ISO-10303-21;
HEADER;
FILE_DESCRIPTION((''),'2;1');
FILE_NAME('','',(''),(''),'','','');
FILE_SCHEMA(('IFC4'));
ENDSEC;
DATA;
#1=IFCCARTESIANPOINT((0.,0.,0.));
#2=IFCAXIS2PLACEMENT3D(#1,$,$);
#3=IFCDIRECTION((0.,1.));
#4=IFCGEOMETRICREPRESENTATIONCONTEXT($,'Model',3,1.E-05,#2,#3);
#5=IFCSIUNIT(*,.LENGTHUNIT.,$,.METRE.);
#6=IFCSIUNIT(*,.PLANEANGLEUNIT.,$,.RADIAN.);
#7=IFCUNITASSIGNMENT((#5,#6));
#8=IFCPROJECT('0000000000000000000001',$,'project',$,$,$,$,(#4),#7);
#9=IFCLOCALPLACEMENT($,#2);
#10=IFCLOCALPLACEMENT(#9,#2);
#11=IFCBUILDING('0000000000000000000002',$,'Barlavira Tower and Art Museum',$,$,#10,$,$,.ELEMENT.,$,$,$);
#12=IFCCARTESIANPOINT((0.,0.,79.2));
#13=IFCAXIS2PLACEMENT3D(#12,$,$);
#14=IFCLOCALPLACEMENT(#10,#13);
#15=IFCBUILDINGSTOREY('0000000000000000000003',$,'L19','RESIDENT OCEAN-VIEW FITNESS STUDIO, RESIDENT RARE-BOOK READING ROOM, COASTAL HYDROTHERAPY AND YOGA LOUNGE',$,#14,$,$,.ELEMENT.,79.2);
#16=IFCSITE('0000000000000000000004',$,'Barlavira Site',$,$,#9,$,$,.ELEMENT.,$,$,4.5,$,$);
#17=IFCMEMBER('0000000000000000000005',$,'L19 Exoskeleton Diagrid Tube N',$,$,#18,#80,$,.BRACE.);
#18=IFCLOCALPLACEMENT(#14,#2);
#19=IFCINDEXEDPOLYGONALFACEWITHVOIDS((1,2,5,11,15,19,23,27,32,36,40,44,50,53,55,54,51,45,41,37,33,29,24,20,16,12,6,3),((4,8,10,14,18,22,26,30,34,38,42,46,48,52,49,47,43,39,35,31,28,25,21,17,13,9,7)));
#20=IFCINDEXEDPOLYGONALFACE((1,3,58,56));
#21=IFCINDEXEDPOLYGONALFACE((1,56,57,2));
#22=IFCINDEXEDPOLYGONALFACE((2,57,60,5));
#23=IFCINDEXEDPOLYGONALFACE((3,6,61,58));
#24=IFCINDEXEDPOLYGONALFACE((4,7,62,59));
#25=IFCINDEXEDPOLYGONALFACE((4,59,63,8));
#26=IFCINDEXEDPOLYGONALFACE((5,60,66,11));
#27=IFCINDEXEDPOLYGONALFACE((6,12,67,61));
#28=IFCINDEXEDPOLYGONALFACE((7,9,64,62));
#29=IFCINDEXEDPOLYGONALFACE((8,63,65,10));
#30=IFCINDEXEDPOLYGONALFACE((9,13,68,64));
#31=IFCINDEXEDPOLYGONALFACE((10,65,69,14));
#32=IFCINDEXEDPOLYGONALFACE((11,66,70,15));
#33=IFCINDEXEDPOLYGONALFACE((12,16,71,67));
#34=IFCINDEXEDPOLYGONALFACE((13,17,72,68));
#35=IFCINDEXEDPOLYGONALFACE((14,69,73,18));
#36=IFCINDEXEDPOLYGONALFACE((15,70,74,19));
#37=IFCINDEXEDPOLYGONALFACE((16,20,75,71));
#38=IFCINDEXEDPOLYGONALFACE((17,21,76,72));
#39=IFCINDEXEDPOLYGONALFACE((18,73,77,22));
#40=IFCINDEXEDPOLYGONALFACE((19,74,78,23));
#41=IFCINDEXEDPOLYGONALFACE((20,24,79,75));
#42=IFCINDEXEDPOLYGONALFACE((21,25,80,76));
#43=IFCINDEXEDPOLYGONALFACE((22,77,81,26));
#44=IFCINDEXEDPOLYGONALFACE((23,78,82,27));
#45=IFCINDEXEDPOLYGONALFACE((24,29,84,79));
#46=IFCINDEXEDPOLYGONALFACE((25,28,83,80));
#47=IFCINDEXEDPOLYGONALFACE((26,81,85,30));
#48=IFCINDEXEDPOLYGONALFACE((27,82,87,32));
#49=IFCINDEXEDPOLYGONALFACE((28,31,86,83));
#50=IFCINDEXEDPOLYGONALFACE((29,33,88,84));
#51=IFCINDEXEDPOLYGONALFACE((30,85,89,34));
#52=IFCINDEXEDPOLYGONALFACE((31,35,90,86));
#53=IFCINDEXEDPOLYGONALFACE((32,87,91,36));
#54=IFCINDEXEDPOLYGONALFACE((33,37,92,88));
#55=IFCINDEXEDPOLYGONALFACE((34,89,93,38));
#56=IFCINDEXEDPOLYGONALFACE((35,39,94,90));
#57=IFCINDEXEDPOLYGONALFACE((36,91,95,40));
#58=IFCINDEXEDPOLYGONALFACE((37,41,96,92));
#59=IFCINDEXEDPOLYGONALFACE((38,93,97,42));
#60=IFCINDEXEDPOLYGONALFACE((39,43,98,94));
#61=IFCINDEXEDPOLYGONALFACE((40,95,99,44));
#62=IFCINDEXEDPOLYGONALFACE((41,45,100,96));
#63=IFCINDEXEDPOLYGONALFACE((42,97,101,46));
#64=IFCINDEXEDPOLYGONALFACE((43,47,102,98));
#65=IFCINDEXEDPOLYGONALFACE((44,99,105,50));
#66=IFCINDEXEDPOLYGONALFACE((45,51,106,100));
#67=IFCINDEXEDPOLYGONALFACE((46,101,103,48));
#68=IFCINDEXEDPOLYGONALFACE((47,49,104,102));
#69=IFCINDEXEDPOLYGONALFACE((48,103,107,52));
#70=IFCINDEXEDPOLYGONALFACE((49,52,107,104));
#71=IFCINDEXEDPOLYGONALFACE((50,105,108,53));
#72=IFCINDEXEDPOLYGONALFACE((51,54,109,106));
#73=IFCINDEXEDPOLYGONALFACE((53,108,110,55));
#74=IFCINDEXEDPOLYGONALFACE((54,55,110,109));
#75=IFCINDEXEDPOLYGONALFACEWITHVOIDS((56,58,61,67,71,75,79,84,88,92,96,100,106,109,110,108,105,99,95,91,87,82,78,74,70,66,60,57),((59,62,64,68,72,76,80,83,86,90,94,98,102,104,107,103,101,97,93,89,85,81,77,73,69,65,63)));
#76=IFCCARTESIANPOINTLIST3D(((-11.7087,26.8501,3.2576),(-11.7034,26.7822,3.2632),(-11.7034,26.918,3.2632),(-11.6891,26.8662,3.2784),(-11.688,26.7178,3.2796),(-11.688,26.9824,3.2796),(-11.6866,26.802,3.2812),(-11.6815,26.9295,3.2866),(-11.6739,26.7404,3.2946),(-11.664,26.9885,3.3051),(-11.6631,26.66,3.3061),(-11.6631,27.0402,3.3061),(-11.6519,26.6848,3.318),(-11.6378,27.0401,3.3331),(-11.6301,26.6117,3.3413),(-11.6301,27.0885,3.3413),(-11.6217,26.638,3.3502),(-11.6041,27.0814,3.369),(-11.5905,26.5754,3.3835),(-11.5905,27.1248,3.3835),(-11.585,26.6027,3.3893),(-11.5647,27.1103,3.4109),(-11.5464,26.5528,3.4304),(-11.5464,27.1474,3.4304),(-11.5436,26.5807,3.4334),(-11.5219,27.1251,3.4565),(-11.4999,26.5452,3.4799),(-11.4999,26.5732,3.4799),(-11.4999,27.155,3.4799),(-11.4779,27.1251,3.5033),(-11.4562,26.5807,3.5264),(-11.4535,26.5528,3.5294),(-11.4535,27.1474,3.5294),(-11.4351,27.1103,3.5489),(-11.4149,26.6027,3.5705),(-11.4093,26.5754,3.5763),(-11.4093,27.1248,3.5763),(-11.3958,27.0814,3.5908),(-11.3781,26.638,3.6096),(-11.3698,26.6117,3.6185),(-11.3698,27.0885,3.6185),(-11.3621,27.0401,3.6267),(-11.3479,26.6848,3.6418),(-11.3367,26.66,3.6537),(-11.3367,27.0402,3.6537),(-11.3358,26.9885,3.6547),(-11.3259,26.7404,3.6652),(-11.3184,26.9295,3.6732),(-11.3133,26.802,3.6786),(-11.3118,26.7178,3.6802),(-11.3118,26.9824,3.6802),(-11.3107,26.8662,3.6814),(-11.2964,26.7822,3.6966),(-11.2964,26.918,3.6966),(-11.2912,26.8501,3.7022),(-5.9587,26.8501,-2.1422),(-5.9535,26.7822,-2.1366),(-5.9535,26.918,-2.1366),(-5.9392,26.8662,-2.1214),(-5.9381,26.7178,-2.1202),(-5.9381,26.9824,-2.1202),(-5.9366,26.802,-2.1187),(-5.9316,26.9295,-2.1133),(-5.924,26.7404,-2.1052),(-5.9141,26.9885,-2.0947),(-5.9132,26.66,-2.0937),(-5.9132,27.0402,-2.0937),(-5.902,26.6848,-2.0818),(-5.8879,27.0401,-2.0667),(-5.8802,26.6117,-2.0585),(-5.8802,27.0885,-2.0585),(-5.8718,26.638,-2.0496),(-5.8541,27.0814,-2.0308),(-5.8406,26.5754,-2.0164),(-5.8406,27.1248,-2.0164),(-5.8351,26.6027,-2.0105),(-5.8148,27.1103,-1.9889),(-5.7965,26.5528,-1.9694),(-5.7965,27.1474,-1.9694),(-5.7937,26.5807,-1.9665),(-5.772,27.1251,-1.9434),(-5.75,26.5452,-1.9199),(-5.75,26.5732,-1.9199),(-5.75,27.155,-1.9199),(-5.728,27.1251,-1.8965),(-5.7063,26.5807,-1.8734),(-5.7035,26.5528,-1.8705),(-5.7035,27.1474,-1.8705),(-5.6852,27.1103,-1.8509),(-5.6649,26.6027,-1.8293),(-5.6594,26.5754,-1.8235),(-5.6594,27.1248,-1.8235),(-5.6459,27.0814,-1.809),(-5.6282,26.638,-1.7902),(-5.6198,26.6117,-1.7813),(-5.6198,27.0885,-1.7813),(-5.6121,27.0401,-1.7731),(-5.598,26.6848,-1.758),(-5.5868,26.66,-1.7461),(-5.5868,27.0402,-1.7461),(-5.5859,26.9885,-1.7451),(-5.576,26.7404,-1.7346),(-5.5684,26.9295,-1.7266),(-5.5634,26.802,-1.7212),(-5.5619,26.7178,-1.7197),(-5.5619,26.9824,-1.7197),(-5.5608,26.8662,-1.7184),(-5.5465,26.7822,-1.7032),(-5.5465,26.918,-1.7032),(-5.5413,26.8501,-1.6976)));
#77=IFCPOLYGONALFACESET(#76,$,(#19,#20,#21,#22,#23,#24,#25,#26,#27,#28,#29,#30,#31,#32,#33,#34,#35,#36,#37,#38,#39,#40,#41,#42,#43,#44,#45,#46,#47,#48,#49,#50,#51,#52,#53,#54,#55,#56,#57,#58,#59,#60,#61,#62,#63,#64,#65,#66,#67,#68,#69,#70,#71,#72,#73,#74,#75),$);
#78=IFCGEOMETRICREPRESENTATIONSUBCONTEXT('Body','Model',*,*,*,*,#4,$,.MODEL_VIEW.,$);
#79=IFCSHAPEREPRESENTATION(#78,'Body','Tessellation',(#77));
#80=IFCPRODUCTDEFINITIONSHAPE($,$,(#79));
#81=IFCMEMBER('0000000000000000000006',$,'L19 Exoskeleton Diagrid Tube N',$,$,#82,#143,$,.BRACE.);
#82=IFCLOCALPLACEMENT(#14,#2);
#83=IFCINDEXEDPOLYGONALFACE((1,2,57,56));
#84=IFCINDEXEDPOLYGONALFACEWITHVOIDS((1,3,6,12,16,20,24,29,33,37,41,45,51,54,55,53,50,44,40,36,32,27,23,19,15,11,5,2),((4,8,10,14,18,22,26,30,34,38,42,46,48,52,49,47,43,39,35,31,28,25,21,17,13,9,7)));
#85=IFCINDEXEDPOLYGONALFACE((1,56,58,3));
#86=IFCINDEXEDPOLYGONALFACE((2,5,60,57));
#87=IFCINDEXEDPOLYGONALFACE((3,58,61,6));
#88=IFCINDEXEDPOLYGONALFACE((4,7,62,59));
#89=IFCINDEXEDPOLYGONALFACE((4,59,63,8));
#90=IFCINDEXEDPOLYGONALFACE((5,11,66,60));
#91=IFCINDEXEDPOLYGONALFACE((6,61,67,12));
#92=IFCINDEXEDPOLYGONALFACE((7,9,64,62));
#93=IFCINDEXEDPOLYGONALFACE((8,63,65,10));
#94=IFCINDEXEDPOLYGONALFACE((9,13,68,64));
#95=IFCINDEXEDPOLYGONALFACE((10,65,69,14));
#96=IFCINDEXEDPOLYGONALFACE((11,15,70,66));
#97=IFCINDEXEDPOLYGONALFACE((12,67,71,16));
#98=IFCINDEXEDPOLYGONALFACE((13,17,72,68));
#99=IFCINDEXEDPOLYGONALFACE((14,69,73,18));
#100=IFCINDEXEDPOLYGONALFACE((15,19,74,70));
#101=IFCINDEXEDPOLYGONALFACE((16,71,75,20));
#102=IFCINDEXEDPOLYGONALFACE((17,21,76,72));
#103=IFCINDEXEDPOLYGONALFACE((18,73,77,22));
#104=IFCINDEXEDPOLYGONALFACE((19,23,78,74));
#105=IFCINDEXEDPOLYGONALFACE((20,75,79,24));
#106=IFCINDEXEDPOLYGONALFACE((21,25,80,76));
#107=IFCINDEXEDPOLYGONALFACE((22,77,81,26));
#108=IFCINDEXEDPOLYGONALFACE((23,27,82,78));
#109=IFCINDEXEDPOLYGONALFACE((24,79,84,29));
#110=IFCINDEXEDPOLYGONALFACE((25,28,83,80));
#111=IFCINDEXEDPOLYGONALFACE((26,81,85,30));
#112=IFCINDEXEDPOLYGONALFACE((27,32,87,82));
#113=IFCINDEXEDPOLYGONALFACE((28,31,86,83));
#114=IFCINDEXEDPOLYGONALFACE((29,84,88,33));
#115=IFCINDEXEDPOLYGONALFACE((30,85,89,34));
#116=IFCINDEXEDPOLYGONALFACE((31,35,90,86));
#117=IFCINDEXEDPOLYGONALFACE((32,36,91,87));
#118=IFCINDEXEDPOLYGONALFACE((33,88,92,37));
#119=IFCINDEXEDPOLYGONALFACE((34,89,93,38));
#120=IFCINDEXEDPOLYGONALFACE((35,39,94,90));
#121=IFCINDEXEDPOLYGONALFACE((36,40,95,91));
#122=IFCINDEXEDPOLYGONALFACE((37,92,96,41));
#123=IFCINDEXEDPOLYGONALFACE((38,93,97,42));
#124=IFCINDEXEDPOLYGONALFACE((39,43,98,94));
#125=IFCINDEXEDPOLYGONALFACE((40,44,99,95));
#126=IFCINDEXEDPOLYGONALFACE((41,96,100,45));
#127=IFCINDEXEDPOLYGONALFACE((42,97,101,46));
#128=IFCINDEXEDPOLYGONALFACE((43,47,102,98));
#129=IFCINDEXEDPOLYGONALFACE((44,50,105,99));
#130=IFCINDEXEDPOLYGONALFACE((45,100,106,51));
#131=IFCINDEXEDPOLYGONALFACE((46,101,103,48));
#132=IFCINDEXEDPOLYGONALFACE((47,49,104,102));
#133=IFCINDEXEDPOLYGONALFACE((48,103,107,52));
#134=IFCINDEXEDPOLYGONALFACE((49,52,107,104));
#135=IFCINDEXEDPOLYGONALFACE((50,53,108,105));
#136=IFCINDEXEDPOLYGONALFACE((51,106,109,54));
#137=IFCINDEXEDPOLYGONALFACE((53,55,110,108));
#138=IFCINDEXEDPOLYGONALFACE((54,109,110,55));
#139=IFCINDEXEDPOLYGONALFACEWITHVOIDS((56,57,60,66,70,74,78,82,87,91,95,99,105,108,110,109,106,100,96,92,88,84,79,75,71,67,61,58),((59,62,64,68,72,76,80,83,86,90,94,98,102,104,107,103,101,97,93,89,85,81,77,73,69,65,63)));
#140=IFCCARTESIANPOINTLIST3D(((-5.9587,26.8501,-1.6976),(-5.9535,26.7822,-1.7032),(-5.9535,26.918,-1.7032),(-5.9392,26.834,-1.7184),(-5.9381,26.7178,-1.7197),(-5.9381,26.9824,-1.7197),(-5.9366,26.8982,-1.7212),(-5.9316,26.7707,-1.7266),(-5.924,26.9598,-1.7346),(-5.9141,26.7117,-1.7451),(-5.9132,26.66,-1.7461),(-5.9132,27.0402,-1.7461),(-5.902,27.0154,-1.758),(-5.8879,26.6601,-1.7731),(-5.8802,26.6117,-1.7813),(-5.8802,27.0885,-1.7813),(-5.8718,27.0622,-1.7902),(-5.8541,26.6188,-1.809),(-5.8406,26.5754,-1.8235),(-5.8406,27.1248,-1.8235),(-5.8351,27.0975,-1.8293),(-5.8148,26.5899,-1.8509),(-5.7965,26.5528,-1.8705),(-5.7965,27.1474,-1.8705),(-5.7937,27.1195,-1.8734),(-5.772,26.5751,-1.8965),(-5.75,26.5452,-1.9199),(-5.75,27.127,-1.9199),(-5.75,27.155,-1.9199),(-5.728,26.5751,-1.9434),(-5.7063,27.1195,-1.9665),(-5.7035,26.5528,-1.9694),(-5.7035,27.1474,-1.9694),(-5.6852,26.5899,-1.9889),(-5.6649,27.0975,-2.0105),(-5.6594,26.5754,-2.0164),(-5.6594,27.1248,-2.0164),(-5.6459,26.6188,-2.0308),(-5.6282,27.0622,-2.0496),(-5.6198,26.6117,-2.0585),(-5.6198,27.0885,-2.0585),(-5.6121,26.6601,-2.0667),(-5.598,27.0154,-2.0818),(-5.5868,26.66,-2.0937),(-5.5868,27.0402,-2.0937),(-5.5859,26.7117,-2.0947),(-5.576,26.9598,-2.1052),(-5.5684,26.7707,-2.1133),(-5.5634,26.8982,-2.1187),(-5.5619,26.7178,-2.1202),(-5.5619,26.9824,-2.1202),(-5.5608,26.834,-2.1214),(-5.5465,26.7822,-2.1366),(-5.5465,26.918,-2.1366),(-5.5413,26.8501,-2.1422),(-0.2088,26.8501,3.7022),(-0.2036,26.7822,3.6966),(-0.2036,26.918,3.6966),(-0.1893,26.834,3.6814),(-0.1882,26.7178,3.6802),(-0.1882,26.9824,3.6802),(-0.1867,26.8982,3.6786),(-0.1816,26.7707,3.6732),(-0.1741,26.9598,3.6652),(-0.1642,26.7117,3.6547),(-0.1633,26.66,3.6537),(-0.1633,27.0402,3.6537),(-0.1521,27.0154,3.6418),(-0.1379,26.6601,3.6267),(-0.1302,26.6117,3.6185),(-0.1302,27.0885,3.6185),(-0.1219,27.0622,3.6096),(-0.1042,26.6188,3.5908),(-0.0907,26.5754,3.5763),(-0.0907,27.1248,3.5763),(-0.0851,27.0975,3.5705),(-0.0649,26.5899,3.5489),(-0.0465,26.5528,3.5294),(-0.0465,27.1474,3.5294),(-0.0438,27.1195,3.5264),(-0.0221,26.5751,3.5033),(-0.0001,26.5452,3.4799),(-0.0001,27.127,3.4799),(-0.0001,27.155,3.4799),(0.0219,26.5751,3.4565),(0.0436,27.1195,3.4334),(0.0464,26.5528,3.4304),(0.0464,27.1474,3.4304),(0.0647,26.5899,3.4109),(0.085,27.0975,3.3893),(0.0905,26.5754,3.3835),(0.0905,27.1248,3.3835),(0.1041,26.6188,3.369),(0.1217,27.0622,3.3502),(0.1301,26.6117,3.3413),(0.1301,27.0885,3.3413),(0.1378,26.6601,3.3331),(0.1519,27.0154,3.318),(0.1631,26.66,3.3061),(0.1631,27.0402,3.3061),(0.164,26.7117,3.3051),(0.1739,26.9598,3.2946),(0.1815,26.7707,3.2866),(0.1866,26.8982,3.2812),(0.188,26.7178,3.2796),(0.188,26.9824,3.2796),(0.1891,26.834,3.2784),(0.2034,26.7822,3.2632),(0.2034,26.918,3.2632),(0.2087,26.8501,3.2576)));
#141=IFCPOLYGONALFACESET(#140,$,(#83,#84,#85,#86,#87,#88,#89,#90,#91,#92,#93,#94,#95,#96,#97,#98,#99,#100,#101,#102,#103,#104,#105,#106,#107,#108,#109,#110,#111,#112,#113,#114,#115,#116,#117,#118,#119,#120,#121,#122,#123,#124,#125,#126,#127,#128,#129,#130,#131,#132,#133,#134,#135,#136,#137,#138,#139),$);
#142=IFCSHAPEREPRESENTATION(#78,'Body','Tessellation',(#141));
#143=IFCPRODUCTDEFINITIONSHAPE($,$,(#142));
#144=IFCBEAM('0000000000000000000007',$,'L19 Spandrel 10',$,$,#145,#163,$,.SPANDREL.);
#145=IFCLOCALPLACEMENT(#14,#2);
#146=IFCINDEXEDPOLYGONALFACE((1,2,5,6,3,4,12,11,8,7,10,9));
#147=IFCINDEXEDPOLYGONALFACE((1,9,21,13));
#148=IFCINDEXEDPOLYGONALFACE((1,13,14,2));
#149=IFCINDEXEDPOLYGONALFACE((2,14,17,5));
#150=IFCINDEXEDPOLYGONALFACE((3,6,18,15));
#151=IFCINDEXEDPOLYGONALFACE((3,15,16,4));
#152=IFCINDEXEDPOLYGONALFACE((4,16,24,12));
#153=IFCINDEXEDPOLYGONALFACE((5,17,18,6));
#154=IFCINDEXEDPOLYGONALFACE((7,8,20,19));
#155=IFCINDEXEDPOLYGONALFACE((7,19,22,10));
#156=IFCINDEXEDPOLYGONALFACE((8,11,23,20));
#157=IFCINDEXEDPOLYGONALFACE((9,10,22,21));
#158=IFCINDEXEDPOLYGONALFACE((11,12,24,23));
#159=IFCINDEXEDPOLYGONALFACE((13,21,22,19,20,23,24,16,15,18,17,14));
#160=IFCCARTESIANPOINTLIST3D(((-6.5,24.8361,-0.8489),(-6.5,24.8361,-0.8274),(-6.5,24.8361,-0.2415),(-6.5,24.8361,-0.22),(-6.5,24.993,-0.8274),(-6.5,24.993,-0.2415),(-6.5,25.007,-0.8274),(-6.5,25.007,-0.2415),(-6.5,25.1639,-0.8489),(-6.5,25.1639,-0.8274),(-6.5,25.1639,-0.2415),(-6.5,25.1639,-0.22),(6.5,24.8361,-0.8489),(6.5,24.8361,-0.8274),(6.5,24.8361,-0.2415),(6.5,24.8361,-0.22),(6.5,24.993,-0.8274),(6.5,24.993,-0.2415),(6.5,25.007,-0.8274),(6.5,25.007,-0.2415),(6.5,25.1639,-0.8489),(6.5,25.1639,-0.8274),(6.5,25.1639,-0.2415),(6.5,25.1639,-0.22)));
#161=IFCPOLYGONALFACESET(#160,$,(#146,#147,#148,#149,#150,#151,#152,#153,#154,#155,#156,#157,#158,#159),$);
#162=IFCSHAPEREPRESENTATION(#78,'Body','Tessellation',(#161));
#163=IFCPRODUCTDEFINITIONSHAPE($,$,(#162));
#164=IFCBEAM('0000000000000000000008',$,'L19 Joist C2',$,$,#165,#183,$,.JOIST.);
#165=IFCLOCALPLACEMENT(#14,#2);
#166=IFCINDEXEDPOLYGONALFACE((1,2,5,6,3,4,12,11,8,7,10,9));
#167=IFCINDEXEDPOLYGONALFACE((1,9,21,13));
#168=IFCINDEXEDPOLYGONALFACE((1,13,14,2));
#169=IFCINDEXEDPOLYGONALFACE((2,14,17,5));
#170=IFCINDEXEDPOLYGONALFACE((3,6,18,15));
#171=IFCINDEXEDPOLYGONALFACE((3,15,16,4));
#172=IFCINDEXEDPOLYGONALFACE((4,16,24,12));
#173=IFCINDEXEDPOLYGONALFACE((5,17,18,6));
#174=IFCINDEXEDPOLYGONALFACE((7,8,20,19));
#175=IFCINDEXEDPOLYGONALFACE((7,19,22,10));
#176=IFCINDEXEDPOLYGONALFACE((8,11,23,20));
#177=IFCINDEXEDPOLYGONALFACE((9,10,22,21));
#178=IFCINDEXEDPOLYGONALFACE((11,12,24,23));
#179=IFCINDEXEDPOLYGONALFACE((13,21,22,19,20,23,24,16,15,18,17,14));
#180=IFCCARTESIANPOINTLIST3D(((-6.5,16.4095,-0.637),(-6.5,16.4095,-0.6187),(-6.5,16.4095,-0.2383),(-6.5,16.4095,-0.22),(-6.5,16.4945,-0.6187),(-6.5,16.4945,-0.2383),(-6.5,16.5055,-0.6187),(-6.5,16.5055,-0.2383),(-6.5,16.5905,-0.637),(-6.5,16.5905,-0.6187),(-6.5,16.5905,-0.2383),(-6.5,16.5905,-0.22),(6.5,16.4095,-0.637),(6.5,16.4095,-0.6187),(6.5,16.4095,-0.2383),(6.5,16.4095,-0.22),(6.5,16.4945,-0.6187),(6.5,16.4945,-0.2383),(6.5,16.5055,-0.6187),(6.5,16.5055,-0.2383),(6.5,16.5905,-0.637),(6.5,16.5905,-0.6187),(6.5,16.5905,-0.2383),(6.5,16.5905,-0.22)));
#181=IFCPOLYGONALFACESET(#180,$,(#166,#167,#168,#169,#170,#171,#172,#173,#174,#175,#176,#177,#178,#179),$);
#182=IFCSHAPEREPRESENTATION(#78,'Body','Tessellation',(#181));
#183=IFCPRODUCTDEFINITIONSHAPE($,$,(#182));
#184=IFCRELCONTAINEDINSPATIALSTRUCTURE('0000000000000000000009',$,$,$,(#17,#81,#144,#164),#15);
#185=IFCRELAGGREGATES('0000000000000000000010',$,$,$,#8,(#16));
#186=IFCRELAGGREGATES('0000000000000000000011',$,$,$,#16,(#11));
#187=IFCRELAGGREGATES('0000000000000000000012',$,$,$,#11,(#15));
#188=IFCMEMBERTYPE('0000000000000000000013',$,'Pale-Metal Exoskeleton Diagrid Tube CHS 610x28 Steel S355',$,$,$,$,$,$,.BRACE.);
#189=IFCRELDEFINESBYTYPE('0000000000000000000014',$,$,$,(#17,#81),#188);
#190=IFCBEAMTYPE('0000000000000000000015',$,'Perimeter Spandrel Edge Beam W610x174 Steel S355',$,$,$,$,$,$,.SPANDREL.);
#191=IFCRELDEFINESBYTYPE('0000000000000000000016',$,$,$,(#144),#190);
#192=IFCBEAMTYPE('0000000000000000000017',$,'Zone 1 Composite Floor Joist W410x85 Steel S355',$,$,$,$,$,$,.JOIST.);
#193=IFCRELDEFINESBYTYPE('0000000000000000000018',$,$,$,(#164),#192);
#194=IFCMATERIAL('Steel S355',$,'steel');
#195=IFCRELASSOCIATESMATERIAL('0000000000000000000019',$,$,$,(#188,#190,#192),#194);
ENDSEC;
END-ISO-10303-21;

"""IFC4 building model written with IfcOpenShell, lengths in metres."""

from ifc_helpers import new_model, si_unit, direction, frame, origin, origin_2d, place, context, subcontext, project, spatial, hollow_circle, i_section, extrude, material, material_profile, profile_set, type_object, element, save


model = new_model("IFC4")

# Units and contexts
model_context = context("Model", 3, precision=1e-05, world=origin(), true_north=direction((0.0, 1.0)))
body_context = subcontext(model_context, "Body", "Model", "MODEL_VIEW")
ifc_project = project(units=[si_unit("LENGTHUNIT", "METRE"), si_unit("PLANEANGLEUNIT", "RADIAN")], contexts=[model_context])

# Site, building, storey
site_placement = place(None, origin())
site = spatial("IfcSite", under=ifc_project, at=site_placement, Name="Barlavira Site", CompositionType="ELEMENT", RefElevation=4.5)
building_placement = place(site_placement, origin())
building = spatial("IfcBuilding", under=site, at=building_placement, Name="Barlavira Tower and Art Museum", CompositionType="ELEMENT")
storey_placement = place(building_placement, frame((0.0, 0.0, 79.2)))
storey = spatial("IfcBuildingStorey", under=building, at=storey_placement, Name="L19", Description="RESIDENT OCEAN-VIEW FITNESS STUDIO, RESIDENT RARE-BOOK READING ROOM, COASTAL HYDROTHERAPY AND YOGA LOUNGE", CompositionType="ELEMENT", Elevation=79.2)

# Shared definitions
ifc_material_1 = material(Name="Steel S355", Category="steel")

# Members
ifc_material_profile_1 = material_profile(ifc_material_1, hollow_circle(Radius=0.3049, WallThickness=0.0281, at=origin_2d()), Name="CHS 610.0x28.0")
ifc_profile_set_1 = profile_set([ifc_material_profile_1], Name="Steel S355")
member_type_1 = type_object("IfcMemberType", Name="Pale-Metal Exoskeleton Diagrid Tube CHS 610x28 Steel S355", PredefinedType="BRACE", material=ifc_profile_set_1)
for number, where, z_axis, x_axis, name in (
    (1, (-5.75, 26.8501, -1.9199), (-0.72895, 0.0, 0.684567), (0.0, -1.0, 0.0), "L19 Exoskeleton Diagrid Tube N"),
    (2, (-5.75, 26.8501, -1.9199), (0.72895, 0.0, 0.684567), (0.0, 1.0, 0.0), "L19 Exoskeleton Diagrid Tube N"),
):
    element("IfcMember", number, at=place(storey_placement, frame(where, z_axis=z_axis, x_axis=x_axis)), inside=storey, type_object=member_type_1, Name=name, PredefinedType="BRACE", context=body_context, shape_type="SweptSolid", body=[
        extrude(hollow_circle(Radius=0.3049, WallThickness=0.0281, at=origin_2d()), origin(), (0.0, 0.0, 1.0), 7.8879),
    ])

# Beams
ifc_material_profile_2 = material_profile(ifc_material_1, i_section(OverallWidth=0.3279, OverallDepth=0.6289, WebThickness=0.0139, FlangeThickness=0.0215, at=origin_2d()), Name="W610x174.0")
ifc_profile_set_2 = profile_set([ifc_material_profile_2], Name="Steel S355")
beam_type_1 = type_object("IfcBeamType", Name="Perimeter Spandrel Edge Beam W610x174 Steel S355", PredefinedType="SPANDREL", material=ifc_profile_set_2)
beam_1_placement = place(storey_placement, frame((-6.5, 25.0, -0.5344), z_axis=(1.0, 0.0, 0.0), x_axis=(0.0, 1.0, 0.0)))
element("IfcBeam", 3, at=beam_1_placement, inside=storey, type_object=beam_type_1, Name="L19 Spandrel 10", PredefinedType="SPANDREL", context=body_context, shape_type="SweptSolid", body=[
    extrude(i_section(OverallWidth=0.3279, OverallDepth=0.6289, WebThickness=0.0139, FlangeThickness=0.0215, at=origin_2d()), origin(), (0.0, 0.0, 1.0), 13.0),
])
ifc_material_profile_3 = material_profile(ifc_material_1, i_section(OverallWidth=0.1809, OverallDepth=0.417, WebThickness=0.011, FlangeThickness=0.0183, at=origin_2d()), Name="W410x85.0")
ifc_profile_set_3 = profile_set([ifc_material_profile_3], Name="Steel S355")
beam_type_2 = type_object("IfcBeamType", Name="Zone 1 Composite Floor Joist W410x85 Steel S355", PredefinedType="JOIST", material=ifc_profile_set_3)
beam_2_placement = place(storey_placement, frame((-6.5, 16.5, -0.4285), z_axis=(1.0, 0.0, 0.0), x_axis=(0.0, 1.0, 0.0)))
element("IfcBeam", 4, at=beam_2_placement, inside=storey, type_object=beam_type_2, Name="L19 Joist C2", PredefinedType="JOIST", context=body_context, shape_type="SweptSolid", body=[
    extrude(i_section(OverallWidth=0.1809, OverallDepth=0.417, WebThickness=0.011, FlangeThickness=0.0183, at=origin_2d()), origin(), (0.0, 0.0, 1.0), 13.0),
])

save(model, "model.ifc")
